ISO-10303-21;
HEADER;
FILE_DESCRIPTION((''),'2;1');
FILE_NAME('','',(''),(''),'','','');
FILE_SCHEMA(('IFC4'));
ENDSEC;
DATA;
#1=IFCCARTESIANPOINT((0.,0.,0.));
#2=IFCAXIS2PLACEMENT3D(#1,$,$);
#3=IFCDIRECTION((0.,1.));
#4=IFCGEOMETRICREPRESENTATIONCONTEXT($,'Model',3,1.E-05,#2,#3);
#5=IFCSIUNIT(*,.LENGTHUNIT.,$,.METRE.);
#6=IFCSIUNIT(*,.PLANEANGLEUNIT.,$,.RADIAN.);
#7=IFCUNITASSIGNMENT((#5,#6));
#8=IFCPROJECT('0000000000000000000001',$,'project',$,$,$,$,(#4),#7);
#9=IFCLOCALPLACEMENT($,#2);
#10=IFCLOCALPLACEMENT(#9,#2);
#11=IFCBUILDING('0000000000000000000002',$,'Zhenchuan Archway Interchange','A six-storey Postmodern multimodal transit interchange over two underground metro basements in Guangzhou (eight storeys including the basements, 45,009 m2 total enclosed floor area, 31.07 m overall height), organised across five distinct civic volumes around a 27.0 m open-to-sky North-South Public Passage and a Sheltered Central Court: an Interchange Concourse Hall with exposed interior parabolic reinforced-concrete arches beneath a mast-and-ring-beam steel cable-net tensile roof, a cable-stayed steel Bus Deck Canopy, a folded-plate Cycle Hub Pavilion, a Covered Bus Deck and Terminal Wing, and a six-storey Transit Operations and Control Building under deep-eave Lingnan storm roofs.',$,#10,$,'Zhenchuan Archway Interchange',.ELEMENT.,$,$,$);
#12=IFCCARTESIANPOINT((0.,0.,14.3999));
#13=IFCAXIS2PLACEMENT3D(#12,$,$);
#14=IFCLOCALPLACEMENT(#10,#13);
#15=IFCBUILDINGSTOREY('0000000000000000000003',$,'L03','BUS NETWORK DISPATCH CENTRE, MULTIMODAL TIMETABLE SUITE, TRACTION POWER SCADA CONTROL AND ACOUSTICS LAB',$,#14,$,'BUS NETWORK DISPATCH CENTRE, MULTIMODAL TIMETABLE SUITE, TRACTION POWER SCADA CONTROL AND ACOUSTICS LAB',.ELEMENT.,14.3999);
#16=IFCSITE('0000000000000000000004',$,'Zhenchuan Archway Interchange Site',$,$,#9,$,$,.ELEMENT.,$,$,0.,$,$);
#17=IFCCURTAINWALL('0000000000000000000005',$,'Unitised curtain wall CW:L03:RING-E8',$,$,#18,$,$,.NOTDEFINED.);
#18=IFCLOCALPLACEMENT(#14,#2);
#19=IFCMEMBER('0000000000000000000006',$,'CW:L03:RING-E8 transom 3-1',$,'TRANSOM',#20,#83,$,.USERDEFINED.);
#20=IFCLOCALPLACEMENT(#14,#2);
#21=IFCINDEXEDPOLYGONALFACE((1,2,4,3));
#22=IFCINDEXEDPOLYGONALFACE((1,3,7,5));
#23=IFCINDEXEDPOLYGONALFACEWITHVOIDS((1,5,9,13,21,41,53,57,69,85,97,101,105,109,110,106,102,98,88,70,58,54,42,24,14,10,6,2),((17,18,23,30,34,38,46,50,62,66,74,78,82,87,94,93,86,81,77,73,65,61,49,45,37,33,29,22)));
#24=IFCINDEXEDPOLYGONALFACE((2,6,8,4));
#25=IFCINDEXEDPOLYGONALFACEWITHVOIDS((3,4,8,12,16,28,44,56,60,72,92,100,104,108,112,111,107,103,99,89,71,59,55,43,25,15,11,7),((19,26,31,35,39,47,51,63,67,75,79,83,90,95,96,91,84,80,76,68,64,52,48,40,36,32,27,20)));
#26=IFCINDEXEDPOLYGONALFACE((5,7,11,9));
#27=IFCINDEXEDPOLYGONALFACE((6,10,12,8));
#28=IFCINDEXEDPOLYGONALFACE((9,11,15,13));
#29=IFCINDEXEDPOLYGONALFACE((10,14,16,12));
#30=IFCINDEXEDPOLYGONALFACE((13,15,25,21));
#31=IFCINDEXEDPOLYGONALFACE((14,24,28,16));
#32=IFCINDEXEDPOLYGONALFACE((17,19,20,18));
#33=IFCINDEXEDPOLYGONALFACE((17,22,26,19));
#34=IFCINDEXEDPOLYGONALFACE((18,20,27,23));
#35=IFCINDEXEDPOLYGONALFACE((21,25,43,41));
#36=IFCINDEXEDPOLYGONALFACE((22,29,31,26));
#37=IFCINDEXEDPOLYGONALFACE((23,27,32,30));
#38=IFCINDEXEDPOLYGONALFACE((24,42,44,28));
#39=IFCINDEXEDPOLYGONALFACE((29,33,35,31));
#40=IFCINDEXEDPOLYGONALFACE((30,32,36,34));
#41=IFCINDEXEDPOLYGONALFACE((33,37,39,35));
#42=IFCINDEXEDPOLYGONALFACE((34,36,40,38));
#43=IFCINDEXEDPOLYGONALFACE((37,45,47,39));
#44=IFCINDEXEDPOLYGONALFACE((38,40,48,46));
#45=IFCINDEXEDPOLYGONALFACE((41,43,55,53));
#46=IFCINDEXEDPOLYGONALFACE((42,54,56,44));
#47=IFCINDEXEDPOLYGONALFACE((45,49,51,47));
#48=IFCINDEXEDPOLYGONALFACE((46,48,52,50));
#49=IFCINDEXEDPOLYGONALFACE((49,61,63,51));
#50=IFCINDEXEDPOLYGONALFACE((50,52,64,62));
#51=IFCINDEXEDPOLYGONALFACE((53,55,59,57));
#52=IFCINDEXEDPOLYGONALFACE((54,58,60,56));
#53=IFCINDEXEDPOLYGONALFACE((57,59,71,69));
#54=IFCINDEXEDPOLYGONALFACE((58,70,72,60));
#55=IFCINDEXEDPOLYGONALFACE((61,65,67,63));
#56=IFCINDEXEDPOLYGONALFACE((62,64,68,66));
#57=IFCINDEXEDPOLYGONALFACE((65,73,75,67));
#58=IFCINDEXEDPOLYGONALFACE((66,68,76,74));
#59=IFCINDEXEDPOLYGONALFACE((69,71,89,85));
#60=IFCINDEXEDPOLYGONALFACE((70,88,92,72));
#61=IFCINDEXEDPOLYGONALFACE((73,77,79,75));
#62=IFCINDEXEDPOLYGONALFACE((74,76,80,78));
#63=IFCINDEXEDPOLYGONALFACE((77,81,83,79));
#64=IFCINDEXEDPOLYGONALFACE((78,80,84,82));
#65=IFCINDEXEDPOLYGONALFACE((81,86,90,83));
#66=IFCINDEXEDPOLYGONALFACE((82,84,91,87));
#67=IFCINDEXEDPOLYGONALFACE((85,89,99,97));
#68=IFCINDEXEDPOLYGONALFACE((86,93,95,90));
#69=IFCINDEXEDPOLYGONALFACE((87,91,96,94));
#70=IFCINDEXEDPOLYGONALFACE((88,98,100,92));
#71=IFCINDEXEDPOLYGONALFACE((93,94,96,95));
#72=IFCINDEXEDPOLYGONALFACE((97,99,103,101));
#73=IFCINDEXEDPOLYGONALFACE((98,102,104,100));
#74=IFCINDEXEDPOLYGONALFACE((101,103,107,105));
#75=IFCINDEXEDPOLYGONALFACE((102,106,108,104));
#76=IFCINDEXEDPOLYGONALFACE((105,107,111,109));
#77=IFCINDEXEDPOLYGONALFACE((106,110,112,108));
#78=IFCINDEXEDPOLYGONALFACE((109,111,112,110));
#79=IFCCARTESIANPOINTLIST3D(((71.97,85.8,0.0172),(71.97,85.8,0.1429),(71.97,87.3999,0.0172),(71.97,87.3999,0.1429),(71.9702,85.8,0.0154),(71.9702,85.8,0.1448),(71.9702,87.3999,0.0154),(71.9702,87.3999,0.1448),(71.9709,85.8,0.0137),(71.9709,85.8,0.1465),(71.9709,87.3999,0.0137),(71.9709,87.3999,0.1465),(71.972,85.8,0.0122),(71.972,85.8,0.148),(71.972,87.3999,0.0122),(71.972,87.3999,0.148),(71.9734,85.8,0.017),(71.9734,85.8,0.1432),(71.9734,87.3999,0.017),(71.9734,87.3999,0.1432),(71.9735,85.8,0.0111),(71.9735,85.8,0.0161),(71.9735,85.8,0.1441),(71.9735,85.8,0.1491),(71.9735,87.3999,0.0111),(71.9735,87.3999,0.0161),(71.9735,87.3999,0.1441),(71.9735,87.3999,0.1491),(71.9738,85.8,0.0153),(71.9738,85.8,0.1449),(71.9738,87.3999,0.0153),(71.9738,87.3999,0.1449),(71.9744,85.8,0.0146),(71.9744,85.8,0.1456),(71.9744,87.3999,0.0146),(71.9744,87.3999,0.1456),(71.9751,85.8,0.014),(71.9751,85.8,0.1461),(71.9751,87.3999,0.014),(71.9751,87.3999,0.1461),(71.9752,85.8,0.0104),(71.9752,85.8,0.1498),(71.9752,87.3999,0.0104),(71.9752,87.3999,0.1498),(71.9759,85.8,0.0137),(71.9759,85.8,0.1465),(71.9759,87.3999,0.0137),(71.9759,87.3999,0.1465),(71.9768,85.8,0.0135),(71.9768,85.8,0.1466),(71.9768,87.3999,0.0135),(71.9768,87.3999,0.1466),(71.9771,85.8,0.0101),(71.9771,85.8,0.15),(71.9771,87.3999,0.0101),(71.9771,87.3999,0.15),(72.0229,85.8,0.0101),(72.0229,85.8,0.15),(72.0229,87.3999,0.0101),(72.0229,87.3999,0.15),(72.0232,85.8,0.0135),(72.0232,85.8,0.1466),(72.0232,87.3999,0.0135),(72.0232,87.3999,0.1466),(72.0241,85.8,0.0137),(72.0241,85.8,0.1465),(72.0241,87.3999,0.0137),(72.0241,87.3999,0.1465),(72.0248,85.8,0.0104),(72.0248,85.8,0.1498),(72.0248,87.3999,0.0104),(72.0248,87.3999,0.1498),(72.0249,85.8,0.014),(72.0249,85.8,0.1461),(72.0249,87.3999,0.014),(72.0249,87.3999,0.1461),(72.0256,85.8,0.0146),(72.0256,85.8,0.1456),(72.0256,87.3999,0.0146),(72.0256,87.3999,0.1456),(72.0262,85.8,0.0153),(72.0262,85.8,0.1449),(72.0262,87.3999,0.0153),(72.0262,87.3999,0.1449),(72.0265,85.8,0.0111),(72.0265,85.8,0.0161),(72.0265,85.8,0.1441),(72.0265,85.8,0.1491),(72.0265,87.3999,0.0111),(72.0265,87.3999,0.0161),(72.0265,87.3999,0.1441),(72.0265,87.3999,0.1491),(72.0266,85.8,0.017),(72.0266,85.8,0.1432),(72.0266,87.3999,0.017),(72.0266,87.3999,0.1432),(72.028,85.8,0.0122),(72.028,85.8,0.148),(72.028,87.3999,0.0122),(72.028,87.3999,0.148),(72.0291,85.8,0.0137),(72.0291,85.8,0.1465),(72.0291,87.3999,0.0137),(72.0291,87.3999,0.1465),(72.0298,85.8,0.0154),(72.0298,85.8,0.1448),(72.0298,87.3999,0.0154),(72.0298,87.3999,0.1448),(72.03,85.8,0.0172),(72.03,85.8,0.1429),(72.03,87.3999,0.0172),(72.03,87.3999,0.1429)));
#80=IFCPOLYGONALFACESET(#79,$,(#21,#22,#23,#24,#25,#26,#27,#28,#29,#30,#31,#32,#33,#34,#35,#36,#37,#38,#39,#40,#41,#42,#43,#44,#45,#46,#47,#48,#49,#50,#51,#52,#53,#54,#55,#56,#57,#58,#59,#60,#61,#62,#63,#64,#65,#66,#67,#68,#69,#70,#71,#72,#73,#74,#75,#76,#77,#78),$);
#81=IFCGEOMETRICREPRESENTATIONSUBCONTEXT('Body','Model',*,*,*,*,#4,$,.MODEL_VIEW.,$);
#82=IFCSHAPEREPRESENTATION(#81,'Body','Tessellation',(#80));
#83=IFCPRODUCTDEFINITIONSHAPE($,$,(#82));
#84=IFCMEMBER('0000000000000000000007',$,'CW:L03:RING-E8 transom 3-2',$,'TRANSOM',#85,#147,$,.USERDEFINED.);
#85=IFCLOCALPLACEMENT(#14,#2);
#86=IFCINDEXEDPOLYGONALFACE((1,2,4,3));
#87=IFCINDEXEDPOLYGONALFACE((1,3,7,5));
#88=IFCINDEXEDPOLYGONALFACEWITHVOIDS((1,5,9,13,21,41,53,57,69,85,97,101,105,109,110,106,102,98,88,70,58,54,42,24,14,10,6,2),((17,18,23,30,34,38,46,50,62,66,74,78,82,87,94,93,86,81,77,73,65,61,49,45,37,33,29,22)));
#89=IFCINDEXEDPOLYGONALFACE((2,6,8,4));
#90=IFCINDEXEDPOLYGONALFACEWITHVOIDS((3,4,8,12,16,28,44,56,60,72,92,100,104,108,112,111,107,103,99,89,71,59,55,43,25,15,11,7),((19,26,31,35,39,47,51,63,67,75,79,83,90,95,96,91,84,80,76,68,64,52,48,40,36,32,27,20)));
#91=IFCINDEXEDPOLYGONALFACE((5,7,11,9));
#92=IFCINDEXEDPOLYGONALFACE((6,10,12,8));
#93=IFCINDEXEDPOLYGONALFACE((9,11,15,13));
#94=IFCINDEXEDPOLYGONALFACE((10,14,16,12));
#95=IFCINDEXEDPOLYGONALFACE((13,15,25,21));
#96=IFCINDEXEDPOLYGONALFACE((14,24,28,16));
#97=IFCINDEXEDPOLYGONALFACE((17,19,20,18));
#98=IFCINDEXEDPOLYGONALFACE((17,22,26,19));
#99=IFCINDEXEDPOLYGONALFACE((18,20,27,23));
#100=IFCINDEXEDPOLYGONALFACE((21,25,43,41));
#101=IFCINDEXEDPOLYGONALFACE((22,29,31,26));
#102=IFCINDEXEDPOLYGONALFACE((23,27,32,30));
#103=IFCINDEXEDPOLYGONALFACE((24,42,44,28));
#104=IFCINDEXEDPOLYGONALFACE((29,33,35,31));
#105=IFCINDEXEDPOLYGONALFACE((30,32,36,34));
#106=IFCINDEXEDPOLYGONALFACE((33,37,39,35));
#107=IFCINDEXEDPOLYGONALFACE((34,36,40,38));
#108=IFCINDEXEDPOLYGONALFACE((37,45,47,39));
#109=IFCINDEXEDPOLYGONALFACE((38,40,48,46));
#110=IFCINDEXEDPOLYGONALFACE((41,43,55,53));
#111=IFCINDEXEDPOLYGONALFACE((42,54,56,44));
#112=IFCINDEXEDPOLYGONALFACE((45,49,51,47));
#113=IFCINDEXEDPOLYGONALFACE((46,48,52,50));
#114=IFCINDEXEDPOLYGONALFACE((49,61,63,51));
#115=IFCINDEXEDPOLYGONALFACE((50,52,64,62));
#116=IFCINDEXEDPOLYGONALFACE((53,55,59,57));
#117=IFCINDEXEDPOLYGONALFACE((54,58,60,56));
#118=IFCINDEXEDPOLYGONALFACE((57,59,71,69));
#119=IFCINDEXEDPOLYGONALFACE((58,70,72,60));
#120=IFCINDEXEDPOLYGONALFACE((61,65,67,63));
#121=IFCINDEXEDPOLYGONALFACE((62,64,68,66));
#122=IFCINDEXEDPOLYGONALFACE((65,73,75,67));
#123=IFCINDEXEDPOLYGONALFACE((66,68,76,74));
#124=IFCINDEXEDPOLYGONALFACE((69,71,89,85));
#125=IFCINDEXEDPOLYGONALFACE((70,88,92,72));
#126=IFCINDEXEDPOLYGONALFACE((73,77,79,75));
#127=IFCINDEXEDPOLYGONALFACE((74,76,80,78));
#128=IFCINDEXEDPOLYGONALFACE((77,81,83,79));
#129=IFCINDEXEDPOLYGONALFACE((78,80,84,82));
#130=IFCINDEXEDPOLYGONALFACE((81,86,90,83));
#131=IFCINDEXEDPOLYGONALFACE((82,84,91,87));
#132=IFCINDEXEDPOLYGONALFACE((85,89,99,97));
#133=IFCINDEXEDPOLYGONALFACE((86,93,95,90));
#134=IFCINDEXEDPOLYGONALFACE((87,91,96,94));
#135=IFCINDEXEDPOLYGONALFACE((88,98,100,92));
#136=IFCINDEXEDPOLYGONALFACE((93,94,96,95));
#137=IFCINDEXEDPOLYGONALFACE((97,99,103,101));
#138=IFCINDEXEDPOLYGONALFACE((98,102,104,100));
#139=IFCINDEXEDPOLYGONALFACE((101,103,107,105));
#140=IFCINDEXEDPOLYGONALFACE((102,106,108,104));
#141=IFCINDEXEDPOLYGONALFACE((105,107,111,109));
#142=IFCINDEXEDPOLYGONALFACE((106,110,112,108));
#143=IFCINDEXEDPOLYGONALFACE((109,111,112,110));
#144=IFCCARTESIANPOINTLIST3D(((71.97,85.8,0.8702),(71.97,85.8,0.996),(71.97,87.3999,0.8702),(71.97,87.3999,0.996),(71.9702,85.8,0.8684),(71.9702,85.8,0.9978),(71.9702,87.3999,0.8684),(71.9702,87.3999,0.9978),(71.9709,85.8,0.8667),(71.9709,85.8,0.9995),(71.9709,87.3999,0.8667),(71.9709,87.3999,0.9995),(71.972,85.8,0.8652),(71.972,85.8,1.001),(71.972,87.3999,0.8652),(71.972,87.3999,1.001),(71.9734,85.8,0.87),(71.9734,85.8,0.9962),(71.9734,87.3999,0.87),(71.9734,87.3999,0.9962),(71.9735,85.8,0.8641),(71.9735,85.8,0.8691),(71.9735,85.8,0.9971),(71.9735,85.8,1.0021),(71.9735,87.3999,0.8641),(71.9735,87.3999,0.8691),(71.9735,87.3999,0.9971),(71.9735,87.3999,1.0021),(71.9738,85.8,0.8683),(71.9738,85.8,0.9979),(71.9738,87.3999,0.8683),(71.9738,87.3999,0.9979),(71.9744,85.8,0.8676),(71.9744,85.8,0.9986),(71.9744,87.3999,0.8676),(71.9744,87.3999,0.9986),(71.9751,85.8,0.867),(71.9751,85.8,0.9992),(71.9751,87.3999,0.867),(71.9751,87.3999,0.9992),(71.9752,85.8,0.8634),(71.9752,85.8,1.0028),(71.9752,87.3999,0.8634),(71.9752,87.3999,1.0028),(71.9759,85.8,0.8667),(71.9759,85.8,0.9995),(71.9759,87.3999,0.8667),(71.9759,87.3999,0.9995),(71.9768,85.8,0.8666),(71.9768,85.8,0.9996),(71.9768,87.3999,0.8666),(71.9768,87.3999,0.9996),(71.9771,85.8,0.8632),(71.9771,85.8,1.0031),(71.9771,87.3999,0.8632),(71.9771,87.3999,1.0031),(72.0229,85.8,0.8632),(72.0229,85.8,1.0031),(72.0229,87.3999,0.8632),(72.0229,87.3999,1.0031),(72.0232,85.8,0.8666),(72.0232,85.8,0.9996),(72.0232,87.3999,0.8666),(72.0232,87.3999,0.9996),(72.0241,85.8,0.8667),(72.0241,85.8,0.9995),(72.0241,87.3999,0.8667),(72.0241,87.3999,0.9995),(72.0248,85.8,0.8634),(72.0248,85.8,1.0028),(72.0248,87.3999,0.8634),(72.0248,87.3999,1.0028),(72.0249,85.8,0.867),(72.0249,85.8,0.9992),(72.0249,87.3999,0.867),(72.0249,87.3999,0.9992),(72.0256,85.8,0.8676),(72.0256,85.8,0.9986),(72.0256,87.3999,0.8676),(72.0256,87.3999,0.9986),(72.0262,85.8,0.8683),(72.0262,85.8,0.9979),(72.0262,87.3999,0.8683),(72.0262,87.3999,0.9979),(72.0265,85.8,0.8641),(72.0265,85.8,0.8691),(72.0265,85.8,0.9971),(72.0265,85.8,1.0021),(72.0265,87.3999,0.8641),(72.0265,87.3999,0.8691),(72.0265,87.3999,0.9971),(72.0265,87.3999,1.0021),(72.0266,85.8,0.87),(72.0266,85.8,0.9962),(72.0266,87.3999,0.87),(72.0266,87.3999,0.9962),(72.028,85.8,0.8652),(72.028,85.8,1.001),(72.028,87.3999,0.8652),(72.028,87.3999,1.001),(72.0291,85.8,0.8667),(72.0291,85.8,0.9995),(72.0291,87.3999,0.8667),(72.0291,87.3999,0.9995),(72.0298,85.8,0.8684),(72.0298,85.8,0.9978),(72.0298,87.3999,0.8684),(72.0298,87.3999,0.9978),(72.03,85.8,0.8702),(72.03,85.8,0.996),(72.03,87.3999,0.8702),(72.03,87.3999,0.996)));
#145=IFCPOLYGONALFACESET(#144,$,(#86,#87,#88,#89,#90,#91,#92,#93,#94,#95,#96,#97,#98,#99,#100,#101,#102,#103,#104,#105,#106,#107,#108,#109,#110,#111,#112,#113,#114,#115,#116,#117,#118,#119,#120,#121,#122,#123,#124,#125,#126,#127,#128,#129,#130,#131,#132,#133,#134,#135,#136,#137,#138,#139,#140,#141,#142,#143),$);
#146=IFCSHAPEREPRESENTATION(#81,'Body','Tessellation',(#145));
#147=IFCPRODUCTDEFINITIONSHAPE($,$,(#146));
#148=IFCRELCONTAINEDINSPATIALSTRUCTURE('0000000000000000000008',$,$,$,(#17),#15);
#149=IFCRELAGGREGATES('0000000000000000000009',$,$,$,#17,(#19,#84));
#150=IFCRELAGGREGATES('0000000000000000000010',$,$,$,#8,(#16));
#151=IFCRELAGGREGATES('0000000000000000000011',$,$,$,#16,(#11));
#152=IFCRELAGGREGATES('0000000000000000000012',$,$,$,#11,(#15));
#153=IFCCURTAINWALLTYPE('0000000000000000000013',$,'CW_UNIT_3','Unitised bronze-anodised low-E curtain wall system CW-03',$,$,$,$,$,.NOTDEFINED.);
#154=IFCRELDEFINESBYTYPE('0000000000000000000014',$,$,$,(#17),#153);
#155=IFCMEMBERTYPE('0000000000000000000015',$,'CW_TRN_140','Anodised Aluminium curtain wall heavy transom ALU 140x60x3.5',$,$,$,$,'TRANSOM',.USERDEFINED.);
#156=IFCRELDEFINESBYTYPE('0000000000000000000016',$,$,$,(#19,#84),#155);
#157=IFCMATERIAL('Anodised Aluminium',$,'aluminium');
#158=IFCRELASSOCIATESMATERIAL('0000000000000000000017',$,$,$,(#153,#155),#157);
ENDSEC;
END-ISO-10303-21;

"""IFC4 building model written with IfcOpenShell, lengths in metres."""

from ifc_helpers import new_model, si_unit, direction, frame, origin, origin_2d, place, context, subcontext, project, spatial, hollow_rectangle, extrude, material, material_profile, profile_set, type_object, element, aggregate, save


model = new_model("IFC4")

# Units and contexts
model_context = context("Model", 3, precision=1e-05, world=origin(), true_north=direction((0.0, 1.0)))
body_context = subcontext(model_context, "Body", "Model", "MODEL_VIEW")
ifc_project = project(units=[si_unit("LENGTHUNIT", "METRE"), si_unit("PLANEANGLEUNIT", "RADIAN")], contexts=[model_context])

# Site, building, storey
site_placement = place(None, origin())
site = spatial("IfcSite", under=ifc_project, at=site_placement, Name="Zhenchuan Archway Interchange Site", CompositionType="ELEMENT", RefElevation=0.0)
building_placement = place(site_placement, origin())
building = spatial("IfcBuilding", under=site, at=building_placement, Name="Zhenchuan Archway Interchange", Description="A six-storey Postmodern multimodal transit interchange over two underground metro basements in Guangzhou (eight storeys including the basements, 45,009 m2 total enclosed floor area, 31.07 m overall height), organised across five distinct civic volumes around a 27.0 m open-to-sky North-South Public Passage and a Sheltered Central Court: an Interchange Concourse Hall with exposed interior parabolic reinforced-concrete arches beneath a mast-and-ring-beam steel cable-net tensile roof, a cable-stayed steel Bus Deck Canopy, a folded-plate Cycle Hub Pavilion, a Covered Bus Deck and Terminal Wing, and a six-storey Transit Operations and Control Building under deep-eave Lingnan storm roofs.", LongName="Zhenchuan Archway Interchange", CompositionType="ELEMENT")
storey_placement = place(building_placement, frame((0.0, 0.0, 14.3999)))
storey = spatial("IfcBuildingStorey", under=building, at=storey_placement, Name="L03", Description="BUS NETWORK DISPATCH CENTRE, MULTIMODAL TIMETABLE SUITE, TRACTION POWER SCADA CONTROL AND ACOUSTICS LAB", LongName="BUS NETWORK DISPATCH CENTRE, MULTIMODAL TIMETABLE SUITE, TRACTION POWER SCADA CONTROL AND ACOUSTICS LAB", CompositionType="ELEMENT", Elevation=14.3999)

# Shared definitions
ifc_material_1 = material(Name="Anodised Aluminium", Category="aluminium")
curtain_wall_type = type_object("IfcCurtainWallType", Name="CW_UNIT_3", Description="Unitised bronze-anodised low-E curtain wall system CW-03", PredefinedType="NOTDEFINED", material=ifc_material_1)

# Curtain wall
curtain_wall_1_placement = place(storey_placement, origin())
curtain_wall_1 = element("IfcCurtainWall", 1, at=curtain_wall_1_placement, inside=storey, type_object=curtain_wall_type, Name="Unitised curtain wall CW:L03:RING-E8", PredefinedType="NOTDEFINED")

# Members
ifc_material_profile_1 = material_profile(ifc_material_1, hollow_rectangle(XDim=0.0601, YDim=0.1399, WallThickness=0.0034, InnerFilletRadius=0.0034, OuterFilletRadius=0.0071, at=origin_2d()), Name="ALU 140x60x3.5")
ifc_profile_set_1 = profile_set([ifc_material_profile_1], Name="Anodised Aluminium")
member_type_1 = type_object("IfcMemberType", Name="CW_TRN_140", Description="Anodised Aluminium curtain wall heavy transom ALU 140x60x3.5", ElementType="TRANSOM", PredefinedType="USERDEFINED", material=ifc_profile_set_1)
member_1_placement = place(storey_placement, frame((72.0, 85.8, 0.0801), z_axis=(0.0, 1.0, 0.0), x_axis=(-1.0, 0.0, 0.0)))
member_1 = element("IfcMember", 2, at=member_1_placement, type_object=member_type_1, Name="CW:L03:RING-E8 transom 3-1", ObjectType="TRANSOM", PredefinedType="USERDEFINED", context=body_context, shape_type="SweptSolid", body=[
    extrude(hollow_rectangle(XDim=0.0601, YDim=0.1399, WallThickness=0.0034, InnerFilletRadius=0.0034, OuterFilletRadius=0.0071, at=origin_2d()), origin(), (0.0, 0.0, 1.0), 1.5999),
])
member_2_placement = place(storey_placement, frame((72.0, 85.8, 0.9331), z_axis=(0.0, 1.0, 0.0), x_axis=(-1.0, 0.0, 0.0)))
member_2 = element("IfcMember", 3, at=member_2_placement, type_object=member_type_1, Name="CW:L03:RING-E8 transom 3-2", ObjectType="TRANSOM", PredefinedType="USERDEFINED", context=body_context, shape_type="SweptSolid", body=[
    extrude(hollow_rectangle(XDim=0.0601, YDim=0.1399, WallThickness=0.0034, InnerFilletRadius=0.0034, OuterFilletRadius=0.0071, at=origin_2d()), origin(), (0.0, 0.0, 1.0), 1.5999),
])

aggregate(curtain_wall_1, [member_1, member_2])

save(model, "model.ifc")
